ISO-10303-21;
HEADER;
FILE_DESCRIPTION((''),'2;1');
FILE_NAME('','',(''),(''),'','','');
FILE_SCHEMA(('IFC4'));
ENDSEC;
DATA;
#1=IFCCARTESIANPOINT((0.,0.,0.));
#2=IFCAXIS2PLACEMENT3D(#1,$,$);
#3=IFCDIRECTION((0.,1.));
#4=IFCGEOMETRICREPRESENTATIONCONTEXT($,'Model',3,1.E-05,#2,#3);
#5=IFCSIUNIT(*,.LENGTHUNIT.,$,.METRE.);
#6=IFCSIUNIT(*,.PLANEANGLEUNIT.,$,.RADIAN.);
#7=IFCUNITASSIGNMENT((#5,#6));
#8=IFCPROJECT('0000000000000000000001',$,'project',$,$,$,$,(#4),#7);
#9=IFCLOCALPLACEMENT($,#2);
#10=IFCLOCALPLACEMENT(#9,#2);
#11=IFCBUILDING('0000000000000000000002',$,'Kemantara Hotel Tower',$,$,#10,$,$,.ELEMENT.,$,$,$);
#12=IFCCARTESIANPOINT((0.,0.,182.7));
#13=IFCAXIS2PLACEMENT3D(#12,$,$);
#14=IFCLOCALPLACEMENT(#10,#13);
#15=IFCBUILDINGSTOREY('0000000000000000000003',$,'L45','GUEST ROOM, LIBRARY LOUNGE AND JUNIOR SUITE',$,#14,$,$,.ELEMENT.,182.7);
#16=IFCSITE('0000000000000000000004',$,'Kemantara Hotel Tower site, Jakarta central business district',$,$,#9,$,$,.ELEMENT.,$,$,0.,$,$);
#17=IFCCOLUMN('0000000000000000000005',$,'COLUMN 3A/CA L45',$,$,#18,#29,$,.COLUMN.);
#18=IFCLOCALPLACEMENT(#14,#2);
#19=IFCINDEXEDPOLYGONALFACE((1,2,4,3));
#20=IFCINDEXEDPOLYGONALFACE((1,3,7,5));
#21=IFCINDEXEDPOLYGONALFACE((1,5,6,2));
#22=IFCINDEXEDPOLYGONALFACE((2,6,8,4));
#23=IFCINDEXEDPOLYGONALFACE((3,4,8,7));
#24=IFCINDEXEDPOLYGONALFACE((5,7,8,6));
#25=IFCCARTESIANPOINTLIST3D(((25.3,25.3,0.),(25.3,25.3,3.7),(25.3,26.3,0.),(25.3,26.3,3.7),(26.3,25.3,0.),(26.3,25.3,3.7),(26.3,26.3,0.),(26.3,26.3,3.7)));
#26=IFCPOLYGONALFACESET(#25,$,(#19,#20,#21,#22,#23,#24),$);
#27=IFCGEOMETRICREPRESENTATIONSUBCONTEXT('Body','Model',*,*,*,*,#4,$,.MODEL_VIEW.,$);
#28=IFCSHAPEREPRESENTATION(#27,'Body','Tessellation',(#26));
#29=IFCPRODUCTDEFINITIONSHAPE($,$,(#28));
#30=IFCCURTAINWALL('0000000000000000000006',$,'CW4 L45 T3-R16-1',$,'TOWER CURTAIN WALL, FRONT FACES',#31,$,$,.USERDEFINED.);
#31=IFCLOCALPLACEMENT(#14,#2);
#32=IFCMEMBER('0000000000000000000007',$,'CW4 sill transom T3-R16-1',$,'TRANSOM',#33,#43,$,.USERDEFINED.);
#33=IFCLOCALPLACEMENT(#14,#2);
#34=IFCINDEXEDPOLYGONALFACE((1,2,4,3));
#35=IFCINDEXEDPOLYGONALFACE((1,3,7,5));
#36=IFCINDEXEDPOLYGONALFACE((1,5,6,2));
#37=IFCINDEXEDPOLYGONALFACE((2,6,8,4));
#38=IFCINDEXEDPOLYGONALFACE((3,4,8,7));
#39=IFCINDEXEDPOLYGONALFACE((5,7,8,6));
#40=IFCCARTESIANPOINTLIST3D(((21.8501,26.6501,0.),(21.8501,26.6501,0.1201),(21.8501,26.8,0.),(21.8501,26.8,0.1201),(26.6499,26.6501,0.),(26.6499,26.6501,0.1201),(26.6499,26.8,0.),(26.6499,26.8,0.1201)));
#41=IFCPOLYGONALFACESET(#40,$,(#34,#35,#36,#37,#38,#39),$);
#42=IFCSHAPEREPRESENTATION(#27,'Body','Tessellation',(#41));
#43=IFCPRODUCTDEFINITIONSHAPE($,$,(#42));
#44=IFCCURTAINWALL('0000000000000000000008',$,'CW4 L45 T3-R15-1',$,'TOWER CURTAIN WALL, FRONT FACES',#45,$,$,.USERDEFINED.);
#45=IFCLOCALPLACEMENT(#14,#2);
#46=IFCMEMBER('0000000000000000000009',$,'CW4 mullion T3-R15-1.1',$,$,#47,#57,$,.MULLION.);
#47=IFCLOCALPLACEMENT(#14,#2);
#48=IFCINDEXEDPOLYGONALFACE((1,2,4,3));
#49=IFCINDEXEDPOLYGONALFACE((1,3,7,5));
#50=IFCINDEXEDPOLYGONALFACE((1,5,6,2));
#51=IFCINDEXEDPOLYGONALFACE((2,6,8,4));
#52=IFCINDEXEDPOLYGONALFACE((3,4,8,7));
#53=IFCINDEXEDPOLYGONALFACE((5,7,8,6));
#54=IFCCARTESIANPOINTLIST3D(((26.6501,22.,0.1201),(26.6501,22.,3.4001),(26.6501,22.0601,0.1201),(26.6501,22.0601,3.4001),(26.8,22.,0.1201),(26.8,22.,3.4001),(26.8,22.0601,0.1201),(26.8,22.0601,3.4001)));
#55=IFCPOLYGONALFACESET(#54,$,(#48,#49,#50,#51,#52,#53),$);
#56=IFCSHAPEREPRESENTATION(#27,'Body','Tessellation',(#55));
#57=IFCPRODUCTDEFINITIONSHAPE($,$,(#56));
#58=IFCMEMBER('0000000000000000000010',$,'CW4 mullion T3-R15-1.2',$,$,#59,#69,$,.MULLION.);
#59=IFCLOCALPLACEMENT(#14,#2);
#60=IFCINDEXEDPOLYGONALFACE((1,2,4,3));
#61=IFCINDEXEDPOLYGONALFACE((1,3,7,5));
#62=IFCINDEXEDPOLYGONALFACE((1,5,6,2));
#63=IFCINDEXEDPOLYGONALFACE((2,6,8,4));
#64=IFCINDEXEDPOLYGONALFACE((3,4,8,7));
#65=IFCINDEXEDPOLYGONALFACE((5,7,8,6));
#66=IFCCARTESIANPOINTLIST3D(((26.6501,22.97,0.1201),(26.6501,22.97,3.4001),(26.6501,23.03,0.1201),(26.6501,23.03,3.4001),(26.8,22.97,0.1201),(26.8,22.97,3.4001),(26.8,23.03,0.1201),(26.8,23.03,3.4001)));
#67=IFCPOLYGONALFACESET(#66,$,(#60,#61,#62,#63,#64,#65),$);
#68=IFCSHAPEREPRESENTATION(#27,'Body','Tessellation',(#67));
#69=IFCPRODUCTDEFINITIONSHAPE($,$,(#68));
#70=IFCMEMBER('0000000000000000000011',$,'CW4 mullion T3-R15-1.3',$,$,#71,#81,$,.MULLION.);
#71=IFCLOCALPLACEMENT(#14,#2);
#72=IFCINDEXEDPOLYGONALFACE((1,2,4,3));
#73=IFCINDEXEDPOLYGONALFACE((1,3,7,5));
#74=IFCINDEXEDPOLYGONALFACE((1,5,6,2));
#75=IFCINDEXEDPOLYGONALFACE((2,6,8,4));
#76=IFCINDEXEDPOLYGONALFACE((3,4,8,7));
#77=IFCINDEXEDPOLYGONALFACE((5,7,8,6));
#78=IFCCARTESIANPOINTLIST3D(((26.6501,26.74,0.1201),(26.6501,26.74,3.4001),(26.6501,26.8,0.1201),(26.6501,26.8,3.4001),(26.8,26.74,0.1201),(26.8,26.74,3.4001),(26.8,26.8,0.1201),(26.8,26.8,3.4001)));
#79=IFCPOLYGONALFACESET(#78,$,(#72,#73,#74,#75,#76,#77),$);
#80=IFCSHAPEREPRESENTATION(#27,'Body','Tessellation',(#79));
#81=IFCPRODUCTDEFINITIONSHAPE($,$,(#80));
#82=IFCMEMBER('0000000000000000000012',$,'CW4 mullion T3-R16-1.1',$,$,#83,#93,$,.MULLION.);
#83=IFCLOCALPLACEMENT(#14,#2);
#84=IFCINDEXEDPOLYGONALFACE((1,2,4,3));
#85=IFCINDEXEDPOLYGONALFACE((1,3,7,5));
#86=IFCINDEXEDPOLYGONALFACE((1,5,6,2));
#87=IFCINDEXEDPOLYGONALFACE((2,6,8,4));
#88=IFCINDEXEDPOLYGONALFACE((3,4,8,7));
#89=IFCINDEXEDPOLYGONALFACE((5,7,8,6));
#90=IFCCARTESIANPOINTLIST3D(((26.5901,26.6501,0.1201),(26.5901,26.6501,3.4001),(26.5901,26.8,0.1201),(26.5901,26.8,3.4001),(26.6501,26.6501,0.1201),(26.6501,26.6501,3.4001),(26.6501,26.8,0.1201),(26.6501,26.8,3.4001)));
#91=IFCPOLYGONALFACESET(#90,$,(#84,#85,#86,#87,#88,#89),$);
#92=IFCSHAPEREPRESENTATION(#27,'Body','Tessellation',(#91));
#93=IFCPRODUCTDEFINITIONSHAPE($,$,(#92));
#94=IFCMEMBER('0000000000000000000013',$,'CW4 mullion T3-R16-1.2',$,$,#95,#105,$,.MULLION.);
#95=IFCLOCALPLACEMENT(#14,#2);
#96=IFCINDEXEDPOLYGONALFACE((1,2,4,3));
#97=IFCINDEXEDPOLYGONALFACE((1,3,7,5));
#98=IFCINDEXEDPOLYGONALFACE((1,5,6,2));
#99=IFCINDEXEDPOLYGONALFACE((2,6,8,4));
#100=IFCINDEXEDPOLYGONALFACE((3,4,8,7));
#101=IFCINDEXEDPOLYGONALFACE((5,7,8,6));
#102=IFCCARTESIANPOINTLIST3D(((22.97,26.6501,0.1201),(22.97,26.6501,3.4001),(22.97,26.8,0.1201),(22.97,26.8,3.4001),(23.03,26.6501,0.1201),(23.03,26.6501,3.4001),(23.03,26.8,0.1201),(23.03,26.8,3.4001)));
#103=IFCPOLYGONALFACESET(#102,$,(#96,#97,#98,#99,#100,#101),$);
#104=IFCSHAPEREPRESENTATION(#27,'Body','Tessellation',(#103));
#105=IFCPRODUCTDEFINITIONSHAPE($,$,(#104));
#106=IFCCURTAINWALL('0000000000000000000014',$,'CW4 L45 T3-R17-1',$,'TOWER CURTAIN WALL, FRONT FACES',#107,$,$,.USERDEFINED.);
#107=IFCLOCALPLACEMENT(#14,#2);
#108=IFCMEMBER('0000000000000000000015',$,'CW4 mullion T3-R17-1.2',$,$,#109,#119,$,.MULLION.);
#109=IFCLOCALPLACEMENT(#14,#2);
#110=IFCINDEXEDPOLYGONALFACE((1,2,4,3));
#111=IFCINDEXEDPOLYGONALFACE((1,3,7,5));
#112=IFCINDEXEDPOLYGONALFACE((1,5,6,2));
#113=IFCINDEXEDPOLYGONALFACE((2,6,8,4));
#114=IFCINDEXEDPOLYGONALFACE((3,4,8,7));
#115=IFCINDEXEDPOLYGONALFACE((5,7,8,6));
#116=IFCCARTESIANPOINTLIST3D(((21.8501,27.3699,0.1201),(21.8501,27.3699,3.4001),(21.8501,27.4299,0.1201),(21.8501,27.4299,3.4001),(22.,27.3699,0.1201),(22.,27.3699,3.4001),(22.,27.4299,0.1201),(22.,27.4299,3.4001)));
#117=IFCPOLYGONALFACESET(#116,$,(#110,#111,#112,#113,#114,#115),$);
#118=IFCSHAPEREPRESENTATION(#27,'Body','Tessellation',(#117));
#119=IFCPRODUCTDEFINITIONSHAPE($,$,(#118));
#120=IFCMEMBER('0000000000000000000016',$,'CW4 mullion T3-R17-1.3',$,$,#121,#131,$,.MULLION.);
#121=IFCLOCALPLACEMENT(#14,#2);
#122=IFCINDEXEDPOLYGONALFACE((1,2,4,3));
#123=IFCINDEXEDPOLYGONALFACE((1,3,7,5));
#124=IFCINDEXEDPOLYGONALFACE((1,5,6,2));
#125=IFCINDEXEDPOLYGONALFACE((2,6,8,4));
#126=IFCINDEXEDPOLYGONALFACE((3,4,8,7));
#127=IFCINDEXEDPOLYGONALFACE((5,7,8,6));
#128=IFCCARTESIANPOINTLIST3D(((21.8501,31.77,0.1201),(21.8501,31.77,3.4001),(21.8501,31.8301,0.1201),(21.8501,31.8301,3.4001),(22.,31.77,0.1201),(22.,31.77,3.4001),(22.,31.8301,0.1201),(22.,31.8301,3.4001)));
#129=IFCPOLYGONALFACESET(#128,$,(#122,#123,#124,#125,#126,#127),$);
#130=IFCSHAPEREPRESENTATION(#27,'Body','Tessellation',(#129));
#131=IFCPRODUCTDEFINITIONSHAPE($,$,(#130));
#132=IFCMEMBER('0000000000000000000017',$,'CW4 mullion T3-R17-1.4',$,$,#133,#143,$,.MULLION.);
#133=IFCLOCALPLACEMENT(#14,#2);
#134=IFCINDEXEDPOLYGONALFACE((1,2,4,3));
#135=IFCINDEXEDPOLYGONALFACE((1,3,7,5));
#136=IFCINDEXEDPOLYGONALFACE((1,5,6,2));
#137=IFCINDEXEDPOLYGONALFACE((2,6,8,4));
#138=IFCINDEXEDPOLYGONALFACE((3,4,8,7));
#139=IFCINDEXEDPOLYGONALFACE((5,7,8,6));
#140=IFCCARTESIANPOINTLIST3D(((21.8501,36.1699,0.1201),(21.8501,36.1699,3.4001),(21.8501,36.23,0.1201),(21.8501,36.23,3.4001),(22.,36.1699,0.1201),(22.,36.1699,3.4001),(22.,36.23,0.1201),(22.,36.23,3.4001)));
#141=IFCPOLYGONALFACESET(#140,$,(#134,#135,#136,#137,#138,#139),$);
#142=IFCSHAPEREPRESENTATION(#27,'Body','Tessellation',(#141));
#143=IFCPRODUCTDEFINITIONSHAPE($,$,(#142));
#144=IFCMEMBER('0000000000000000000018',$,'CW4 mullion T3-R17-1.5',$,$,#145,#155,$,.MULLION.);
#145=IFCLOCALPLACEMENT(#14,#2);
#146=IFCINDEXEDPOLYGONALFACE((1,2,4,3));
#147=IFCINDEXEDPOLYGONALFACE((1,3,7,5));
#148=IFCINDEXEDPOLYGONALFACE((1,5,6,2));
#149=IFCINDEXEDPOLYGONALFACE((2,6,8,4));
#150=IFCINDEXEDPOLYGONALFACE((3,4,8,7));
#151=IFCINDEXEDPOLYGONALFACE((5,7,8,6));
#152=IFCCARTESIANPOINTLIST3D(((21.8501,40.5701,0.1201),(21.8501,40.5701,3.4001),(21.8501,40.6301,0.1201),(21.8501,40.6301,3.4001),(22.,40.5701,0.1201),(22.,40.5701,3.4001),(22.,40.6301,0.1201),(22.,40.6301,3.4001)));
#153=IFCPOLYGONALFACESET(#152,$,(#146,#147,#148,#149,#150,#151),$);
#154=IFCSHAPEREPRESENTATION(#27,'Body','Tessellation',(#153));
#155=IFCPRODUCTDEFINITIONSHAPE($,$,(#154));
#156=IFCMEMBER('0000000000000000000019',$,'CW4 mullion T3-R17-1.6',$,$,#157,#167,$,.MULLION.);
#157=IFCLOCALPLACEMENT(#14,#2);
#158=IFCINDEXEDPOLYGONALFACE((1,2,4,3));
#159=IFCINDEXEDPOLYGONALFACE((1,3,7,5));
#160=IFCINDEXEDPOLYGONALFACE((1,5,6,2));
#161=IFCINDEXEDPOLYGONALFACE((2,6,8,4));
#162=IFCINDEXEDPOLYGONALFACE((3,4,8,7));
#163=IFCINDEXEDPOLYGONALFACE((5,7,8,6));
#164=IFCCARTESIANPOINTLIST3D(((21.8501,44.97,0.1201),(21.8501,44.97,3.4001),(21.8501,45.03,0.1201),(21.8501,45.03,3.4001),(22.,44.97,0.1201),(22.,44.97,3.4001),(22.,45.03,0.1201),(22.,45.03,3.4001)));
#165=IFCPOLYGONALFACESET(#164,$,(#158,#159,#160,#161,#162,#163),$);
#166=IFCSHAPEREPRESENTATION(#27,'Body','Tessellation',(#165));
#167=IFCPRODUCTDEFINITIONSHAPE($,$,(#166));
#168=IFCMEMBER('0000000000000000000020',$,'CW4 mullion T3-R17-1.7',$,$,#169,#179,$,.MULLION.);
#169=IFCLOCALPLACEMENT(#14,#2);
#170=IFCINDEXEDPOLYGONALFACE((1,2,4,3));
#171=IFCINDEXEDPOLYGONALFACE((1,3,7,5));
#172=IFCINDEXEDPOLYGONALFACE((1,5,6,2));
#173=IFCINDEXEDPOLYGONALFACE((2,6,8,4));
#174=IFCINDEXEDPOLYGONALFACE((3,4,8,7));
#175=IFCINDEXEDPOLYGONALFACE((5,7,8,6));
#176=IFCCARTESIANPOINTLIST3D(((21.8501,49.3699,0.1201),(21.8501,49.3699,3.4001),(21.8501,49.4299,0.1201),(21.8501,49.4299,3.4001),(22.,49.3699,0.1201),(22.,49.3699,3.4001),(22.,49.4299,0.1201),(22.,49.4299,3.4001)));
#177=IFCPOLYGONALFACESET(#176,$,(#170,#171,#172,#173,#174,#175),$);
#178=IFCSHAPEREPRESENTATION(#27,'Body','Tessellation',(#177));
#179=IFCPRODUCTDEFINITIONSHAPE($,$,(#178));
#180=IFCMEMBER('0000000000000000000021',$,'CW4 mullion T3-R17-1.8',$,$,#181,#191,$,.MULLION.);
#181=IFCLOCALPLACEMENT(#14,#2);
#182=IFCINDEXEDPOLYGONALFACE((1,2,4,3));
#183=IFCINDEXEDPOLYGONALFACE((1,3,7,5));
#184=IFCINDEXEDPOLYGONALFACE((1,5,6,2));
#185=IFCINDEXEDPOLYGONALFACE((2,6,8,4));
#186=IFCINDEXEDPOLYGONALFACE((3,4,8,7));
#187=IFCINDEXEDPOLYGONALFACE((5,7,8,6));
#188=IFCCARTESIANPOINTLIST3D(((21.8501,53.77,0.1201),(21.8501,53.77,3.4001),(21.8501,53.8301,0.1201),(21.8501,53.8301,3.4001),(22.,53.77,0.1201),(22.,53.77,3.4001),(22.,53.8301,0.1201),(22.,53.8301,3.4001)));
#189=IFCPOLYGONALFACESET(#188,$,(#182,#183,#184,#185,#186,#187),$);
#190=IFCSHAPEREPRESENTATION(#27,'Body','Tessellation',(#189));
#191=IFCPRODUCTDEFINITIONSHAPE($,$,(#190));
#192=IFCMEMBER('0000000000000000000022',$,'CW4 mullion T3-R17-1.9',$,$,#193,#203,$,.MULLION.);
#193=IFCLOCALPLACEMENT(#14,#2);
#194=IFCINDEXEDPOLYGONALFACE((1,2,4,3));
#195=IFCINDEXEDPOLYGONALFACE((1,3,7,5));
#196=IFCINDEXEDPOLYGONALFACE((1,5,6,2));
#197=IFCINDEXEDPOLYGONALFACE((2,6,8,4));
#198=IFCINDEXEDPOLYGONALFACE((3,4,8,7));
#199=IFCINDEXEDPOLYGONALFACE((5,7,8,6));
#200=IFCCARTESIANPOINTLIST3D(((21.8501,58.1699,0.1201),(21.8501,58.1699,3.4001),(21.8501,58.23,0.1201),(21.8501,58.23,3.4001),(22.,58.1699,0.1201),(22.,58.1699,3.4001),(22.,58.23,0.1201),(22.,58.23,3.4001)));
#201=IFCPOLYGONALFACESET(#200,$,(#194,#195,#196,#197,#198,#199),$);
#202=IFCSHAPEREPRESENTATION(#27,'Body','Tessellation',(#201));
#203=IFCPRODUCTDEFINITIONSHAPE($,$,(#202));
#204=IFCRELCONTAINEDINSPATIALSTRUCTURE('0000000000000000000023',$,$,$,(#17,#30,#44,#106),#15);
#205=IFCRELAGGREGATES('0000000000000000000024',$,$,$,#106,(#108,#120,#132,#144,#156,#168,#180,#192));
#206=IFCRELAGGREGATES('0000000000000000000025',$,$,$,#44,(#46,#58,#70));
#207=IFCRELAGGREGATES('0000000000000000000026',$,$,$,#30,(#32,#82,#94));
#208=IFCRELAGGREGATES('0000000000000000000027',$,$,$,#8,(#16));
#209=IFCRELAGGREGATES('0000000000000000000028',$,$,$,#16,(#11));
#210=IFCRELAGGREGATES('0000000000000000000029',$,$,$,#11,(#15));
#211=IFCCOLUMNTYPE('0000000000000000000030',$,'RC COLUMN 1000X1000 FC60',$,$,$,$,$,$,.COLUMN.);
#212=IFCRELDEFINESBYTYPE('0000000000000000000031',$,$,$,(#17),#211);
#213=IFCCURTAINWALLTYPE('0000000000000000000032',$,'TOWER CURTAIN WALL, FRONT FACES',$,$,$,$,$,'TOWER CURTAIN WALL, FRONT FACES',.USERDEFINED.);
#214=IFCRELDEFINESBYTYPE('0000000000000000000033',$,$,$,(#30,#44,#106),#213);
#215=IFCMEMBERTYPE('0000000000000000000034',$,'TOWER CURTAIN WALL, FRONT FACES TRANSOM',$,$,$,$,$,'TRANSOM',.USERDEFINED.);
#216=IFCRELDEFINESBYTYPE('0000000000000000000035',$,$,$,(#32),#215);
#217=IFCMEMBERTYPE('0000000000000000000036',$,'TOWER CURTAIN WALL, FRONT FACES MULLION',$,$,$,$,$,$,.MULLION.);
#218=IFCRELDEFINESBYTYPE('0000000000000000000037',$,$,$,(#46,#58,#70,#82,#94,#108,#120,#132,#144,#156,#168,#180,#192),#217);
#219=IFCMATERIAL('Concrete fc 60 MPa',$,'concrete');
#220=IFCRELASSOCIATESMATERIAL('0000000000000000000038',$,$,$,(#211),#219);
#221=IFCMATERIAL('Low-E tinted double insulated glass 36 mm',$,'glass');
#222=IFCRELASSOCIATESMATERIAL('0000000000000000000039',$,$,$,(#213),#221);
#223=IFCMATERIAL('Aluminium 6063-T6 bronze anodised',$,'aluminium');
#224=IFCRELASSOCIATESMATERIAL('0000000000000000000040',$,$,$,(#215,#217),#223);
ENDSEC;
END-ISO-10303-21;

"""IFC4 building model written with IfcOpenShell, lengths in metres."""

from ifc_helpers import new_model, si_unit, direction, frame, origin, origin_2d, place, context, subcontext, project, spatial, rectangle, extrude, source, transform, mapped, material, material_profile, profile_set, type_object, element, aggregate, save


model = new_model("IFC4")

# Units and contexts
model_context = context("Model", 3, precision=1e-05, world=origin(), true_north=direction((0.0, 1.0)))
body_context = subcontext(model_context, "Body", "Model", "MODEL_VIEW")
ifc_project = project(units=[si_unit("LENGTHUNIT", "METRE"), si_unit("PLANEANGLEUNIT", "RADIAN")], contexts=[model_context])

# Site, building, storey
site_placement = place(None, origin())
site = spatial("IfcSite", under=ifc_project, at=site_placement, Name="Kemantara Hotel Tower site, Jakarta central business district", CompositionType="ELEMENT", RefElevation=0.0)
building_placement = place(site_placement, origin())
building = spatial("IfcBuilding", under=site, at=building_placement, Name="Kemantara Hotel Tower", CompositionType="ELEMENT")
storey_placement = place(building_placement, frame((0.0, 0.0, 182.7)))
storey = spatial("IfcBuildingStorey", under=building, at=storey_placement, Name="L45", Description="GUEST ROOM, LIBRARY LOUNGE AND JUNIOR SUITE", CompositionType="ELEMENT", Elevation=182.7)

# Column
ifc_material_1 = material(Name="Concrete fc 60 MPa", Category="concrete")
ifc_material_profile_1 = material_profile(ifc_material_1, rectangle(XDim=1.0, YDim=1.0, at=origin_2d()), Name="RC 1000X1000")
ifc_profile_set_1 = profile_set([ifc_material_profile_1], Name="Concrete fc 60 MPa")
column_type = type_object("IfcColumnType", Name="RC COLUMN 1000X1000 FC60", PredefinedType="COLUMN", material=ifc_profile_set_1)
column_placement = place(storey_placement, frame((25.8, 25.8, 0.0), z_axis=(0.0, 0.0, 1.0), x_axis=(1.0, 0.0, 0.0)))
element("IfcColumn", 1, at=column_placement, inside=storey, type_object=column_type, Name="COLUMN 3A/CA L45", PredefinedType="COLUMN", context=body_context, shape_type="SweptSolid", body=[
    extrude(rectangle(XDim=1.0, YDim=1.0, at=origin_2d()), origin(), (0.0, 0.0, 1.0), 3.7),
])

# Curtain wall, member
ifc_material_2 = material(Name="Low-E tinted double insulated glass 36 mm", Category="glass")
curtain_wall_type = type_object("IfcCurtainWallType", Name="TOWER CURTAIN WALL, FRONT FACES", ElementType="TOWER CURTAIN WALL, FRONT FACES", PredefinedType="USERDEFINED", material=ifc_material_2)
curtain_wall_1_placement = place(storey_placement, origin())
curtain_wall_1 = element("IfcCurtainWall", 2, at=curtain_wall_1_placement, inside=storey, type_object=curtain_wall_type, Name="CW4 L45 T3-R16-1", ObjectType="TOWER CURTAIN WALL, FRONT FACES", PredefinedType="USERDEFINED")
ifc_material_3 = material(Name="Aluminium 6063-T6 bronze anodised", Category="aluminium")
ifc_material_profile_2 = material_profile(ifc_material_3, rectangle(XDim=0.1499, YDim=0.1201, at=origin_2d()), Name="TOWER CURTAIN WALL, FRONT FACES TRANSOM")
ifc_profile_set_2 = profile_set([ifc_material_profile_2], Name="Aluminium 6063-T6 bronze anodised")
member_type_1 = type_object("IfcMemberType", Name="TOWER CURTAIN WALL, FRONT FACES TRANSOM", ElementType="TRANSOM", PredefinedType="USERDEFINED", material=ifc_profile_set_2)
member_1_placement = place(storey_placement, frame((26.6499, 26.7251, 0.0601), z_axis=(-1.0, 0.0, 0.0), x_axis=(0.0, -1.0, 0.0)))
member_1 = element("IfcMember", 3, at=member_1_placement, type_object=member_type_1, Name="CW4 sill transom T3-R16-1", ObjectType="TRANSOM", PredefinedType="USERDEFINED", context=body_context, shape_type="SweptSolid", body=[
    extrude(rectangle(XDim=0.1499, YDim=0.1201, at=origin_2d()), origin(), (0.0, 0.0, 1.0), 4.7998),
])

# Curtain wall, members
curtain_wall_2_placement = place(storey_placement, origin())
curtain_wall_2 = element("IfcCurtainWall", 4, at=curtain_wall_2_placement, inside=storey, type_object=curtain_wall_type, Name="CW4 L45 T3-R15-1", ObjectType="TOWER CURTAIN WALL, FRONT FACES", PredefinedType="USERDEFINED")
ifc_material_profile_3 = material_profile(ifc_material_3, rectangle(XDim=0.1499, YDim=0.0601, at=origin_2d()), Name="TOWER CURTAIN WALL, FRONT FACES MULLION")
ifc_profile_set_3 = profile_set([ifc_material_profile_3], Name="Aluminium 6063-T6 bronze anodised")
member_type_2 = type_object("IfcMemberType", Name="TOWER CURTAIN WALL, FRONT FACES MULLION", PredefinedType="MULLION", material=ifc_profile_set_3)
shared_shape_1 = source(origin(), body_context, "Body", "SweptSolid", [
    extrude(rectangle(XDim=0.1499, YDim=0.0601, at=origin_2d()), origin(), (0.0, 0.0, 1.0), 3.28),
])
member_2_placement = place(storey_placement, frame((26.7251, 22.03, 0.1201), z_axis=(0.0, 0.0, 1.0), x_axis=(-1.0, 0.0, 0.0)))
member_2 = element("IfcMember", 5, at=member_2_placement, type_object=member_type_2, Name="CW4 mullion T3-R15-1.1", PredefinedType="MULLION", context=body_context, shape_type="MappedRepresentation", body=[
    mapped(shared_shape_1, transform((0.0, 0.0, 0.0))),
])
member_3_placement = place(storey_placement, frame((26.7251, 23.0, 0.1201), z_axis=(0.0, 0.0, 1.0), x_axis=(-1.0, 0.0, 0.0)))
member_3 = element("IfcMember", 6, at=member_3_placement, type_object=member_type_2, Name="CW4 mullion T3-R15-1.2", PredefinedType="MULLION", context=body_context, shape_type="MappedRepresentation", body=[
    mapped(shared_shape_1, transform((0.0, 0.0, 0.0))),
])
member_4_placement = place(storey_placement, frame((26.7251, 26.77, 0.1201), z_axis=(0.0, 0.0, 1.0), x_axis=(-1.0, 0.0, 0.0)))
member_4 = element("IfcMember", 7, at=member_4_placement, type_object=member_type_2, Name="CW4 mullion T3-R15-1.3", PredefinedType="MULLION", context=body_context, shape_type="MappedRepresentation", body=[
    mapped(shared_shape_1, transform((0.0, 0.0, 0.0))),
])

# Members
member_5_placement = place(storey_placement, frame((26.6201, 26.7251, 0.1201), z_axis=(0.0, 0.0, 1.0), x_axis=(0.0, -1.0, 0.0)))
member_5 = element("IfcMember", 8, at=member_5_placement, type_object=member_type_2, Name="CW4 mullion T3-R16-1.1", PredefinedType="MULLION", context=body_context, shape_type="MappedRepresentation", body=[
    mapped(shared_shape_1, transform((0.0, 0.0, 0.0))),
])
member_6_placement = place(storey_placement, frame((23.0, 26.7251, 0.1201), z_axis=(0.0, 0.0, 1.0), x_axis=(0.0, -1.0, 0.0)))
member_6 = element("IfcMember", 9, at=member_6_placement, type_object=member_type_2, Name="CW4 mullion T3-R16-1.2", PredefinedType="MULLION", context=body_context, shape_type="MappedRepresentation", body=[
    mapped(shared_shape_1, transform((0.0, 0.0, 0.0))),
])

# Curtain wall, members
curtain_wall_3_placement = place(storey_placement, origin())
curtain_wall_3 = element("IfcCurtainWall", 10, at=curtain_wall_3_placement, inside=storey, type_object=curtain_wall_type, Name="CW4 L45 T3-R17-1", ObjectType="TOWER CURTAIN WALL, FRONT FACES", PredefinedType="USERDEFINED")
member_7_placement = place(storey_placement, frame((21.925, 27.3999, 0.1201), z_axis=(0.0, 0.0, 1.0), x_axis=(-1.0, 0.0, 0.0)))
member_7 = element("IfcMember", 11, at=member_7_placement, type_object=member_type_2, Name="CW4 mullion T3-R17-1.2", PredefinedType="MULLION", context=body_context, shape_type="MappedRepresentation", body=[
    mapped(shared_shape_1, transform((0.0, 0.0, 0.0))),
])
member_8_placement = place(storey_placement, frame((21.925, 31.8, 0.1201), z_axis=(0.0, 0.0, 1.0), x_axis=(-1.0, 0.0, 0.0)))
member_8 = element("IfcMember", 12, at=member_8_placement, type_object=member_type_2, Name="CW4 mullion T3-R17-1.3", PredefinedType="MULLION", context=body_context, shape_type="MappedRepresentation", body=[
    mapped(shared_shape_1, transform((0.0, 0.0, 0.0))),
])
member_9_placement = place(storey_placement, frame((21.925, 36.2, 0.1201), z_axis=(0.0, 0.0, 1.0), x_axis=(-1.0, 0.0, 0.0)))
member_9 = element("IfcMember", 13, at=member_9_placement, type_object=member_type_2, Name="CW4 mullion T3-R17-1.4", PredefinedType="MULLION", context=body_context, shape_type="MappedRepresentation", body=[
    mapped(shared_shape_1, transform((0.0, 0.0, 0.0))),
])
member_10_placement = place(storey_placement, frame((21.925, 40.6001, 0.1201), z_axis=(0.0, 0.0, 1.0), x_axis=(-1.0, 0.0, 0.0)))
member_10 = element("IfcMember", 14, at=member_10_placement, type_object=member_type_2, Name="CW4 mullion T3-R17-1.5", PredefinedType="MULLION", context=body_context, shape_type="MappedRepresentation", body=[
    mapped(shared_shape_1, transform((0.0, 0.0, 0.0))),
])
member_11_placement = place(storey_placement, frame((21.925, 45.0, 0.1201), z_axis=(0.0, 0.0, 1.0), x_axis=(-1.0, 0.0, 0.0)))
member_11 = element("IfcMember", 15, at=member_11_placement, type_object=member_type_2, Name="CW4 mullion T3-R17-1.6", PredefinedType="MULLION", context=body_context, shape_type="MappedRepresentation", body=[
    mapped(shared_shape_1, transform((0.0, 0.0, 0.0))),
])
member_12_placement = place(storey_placement, frame((21.925, 49.3999, 0.1201), z_axis=(0.0, 0.0, 1.0), x_axis=(-1.0, 0.0, 0.0)))
member_12 = element("IfcMember", 16, at=member_12_placement, type_object=member_type_2, Name="CW4 mullion T3-R17-1.7", PredefinedType="MULLION", context=body_context, shape_type="MappedRepresentation", body=[
    mapped(shared_shape_1, transform((0.0, 0.0, 0.0))),
])
member_13_placement = place(storey_placement, frame((21.925, 53.8, 0.1201), z_axis=(0.0, 0.0, 1.0), x_axis=(-1.0, 0.0, 0.0)))
member_13 = element("IfcMember", 17, at=member_13_placement, type_object=member_type_2, Name="CW4 mullion T3-R17-1.8", PredefinedType="MULLION", context=body_context, shape_type="MappedRepresentation", body=[
    mapped(shared_shape_1, transform((0.0, 0.0, 0.0))),
])
member_14_placement = place(storey_placement, frame((21.925, 58.2, 0.1201), z_axis=(0.0, 0.0, 1.0), x_axis=(-1.0, 0.0, 0.0)))
member_14 = element("IfcMember", 18, at=member_14_placement, type_object=member_type_2, Name="CW4 mullion T3-R17-1.9", PredefinedType="MULLION", context=body_context, shape_type="MappedRepresentation", body=[
    mapped(shared_shape_1, transform((0.0, 0.0, 0.0))),
])
aggregate(curtain_wall_3, [member_7, member_8, member_9, member_10, member_11, member_12, member_13, member_14])

aggregate(curtain_wall_2, [member_2, member_3, member_4])
aggregate(curtain_wall_1, [member_1, member_5, member_6])

save(model, "model.ifc")
